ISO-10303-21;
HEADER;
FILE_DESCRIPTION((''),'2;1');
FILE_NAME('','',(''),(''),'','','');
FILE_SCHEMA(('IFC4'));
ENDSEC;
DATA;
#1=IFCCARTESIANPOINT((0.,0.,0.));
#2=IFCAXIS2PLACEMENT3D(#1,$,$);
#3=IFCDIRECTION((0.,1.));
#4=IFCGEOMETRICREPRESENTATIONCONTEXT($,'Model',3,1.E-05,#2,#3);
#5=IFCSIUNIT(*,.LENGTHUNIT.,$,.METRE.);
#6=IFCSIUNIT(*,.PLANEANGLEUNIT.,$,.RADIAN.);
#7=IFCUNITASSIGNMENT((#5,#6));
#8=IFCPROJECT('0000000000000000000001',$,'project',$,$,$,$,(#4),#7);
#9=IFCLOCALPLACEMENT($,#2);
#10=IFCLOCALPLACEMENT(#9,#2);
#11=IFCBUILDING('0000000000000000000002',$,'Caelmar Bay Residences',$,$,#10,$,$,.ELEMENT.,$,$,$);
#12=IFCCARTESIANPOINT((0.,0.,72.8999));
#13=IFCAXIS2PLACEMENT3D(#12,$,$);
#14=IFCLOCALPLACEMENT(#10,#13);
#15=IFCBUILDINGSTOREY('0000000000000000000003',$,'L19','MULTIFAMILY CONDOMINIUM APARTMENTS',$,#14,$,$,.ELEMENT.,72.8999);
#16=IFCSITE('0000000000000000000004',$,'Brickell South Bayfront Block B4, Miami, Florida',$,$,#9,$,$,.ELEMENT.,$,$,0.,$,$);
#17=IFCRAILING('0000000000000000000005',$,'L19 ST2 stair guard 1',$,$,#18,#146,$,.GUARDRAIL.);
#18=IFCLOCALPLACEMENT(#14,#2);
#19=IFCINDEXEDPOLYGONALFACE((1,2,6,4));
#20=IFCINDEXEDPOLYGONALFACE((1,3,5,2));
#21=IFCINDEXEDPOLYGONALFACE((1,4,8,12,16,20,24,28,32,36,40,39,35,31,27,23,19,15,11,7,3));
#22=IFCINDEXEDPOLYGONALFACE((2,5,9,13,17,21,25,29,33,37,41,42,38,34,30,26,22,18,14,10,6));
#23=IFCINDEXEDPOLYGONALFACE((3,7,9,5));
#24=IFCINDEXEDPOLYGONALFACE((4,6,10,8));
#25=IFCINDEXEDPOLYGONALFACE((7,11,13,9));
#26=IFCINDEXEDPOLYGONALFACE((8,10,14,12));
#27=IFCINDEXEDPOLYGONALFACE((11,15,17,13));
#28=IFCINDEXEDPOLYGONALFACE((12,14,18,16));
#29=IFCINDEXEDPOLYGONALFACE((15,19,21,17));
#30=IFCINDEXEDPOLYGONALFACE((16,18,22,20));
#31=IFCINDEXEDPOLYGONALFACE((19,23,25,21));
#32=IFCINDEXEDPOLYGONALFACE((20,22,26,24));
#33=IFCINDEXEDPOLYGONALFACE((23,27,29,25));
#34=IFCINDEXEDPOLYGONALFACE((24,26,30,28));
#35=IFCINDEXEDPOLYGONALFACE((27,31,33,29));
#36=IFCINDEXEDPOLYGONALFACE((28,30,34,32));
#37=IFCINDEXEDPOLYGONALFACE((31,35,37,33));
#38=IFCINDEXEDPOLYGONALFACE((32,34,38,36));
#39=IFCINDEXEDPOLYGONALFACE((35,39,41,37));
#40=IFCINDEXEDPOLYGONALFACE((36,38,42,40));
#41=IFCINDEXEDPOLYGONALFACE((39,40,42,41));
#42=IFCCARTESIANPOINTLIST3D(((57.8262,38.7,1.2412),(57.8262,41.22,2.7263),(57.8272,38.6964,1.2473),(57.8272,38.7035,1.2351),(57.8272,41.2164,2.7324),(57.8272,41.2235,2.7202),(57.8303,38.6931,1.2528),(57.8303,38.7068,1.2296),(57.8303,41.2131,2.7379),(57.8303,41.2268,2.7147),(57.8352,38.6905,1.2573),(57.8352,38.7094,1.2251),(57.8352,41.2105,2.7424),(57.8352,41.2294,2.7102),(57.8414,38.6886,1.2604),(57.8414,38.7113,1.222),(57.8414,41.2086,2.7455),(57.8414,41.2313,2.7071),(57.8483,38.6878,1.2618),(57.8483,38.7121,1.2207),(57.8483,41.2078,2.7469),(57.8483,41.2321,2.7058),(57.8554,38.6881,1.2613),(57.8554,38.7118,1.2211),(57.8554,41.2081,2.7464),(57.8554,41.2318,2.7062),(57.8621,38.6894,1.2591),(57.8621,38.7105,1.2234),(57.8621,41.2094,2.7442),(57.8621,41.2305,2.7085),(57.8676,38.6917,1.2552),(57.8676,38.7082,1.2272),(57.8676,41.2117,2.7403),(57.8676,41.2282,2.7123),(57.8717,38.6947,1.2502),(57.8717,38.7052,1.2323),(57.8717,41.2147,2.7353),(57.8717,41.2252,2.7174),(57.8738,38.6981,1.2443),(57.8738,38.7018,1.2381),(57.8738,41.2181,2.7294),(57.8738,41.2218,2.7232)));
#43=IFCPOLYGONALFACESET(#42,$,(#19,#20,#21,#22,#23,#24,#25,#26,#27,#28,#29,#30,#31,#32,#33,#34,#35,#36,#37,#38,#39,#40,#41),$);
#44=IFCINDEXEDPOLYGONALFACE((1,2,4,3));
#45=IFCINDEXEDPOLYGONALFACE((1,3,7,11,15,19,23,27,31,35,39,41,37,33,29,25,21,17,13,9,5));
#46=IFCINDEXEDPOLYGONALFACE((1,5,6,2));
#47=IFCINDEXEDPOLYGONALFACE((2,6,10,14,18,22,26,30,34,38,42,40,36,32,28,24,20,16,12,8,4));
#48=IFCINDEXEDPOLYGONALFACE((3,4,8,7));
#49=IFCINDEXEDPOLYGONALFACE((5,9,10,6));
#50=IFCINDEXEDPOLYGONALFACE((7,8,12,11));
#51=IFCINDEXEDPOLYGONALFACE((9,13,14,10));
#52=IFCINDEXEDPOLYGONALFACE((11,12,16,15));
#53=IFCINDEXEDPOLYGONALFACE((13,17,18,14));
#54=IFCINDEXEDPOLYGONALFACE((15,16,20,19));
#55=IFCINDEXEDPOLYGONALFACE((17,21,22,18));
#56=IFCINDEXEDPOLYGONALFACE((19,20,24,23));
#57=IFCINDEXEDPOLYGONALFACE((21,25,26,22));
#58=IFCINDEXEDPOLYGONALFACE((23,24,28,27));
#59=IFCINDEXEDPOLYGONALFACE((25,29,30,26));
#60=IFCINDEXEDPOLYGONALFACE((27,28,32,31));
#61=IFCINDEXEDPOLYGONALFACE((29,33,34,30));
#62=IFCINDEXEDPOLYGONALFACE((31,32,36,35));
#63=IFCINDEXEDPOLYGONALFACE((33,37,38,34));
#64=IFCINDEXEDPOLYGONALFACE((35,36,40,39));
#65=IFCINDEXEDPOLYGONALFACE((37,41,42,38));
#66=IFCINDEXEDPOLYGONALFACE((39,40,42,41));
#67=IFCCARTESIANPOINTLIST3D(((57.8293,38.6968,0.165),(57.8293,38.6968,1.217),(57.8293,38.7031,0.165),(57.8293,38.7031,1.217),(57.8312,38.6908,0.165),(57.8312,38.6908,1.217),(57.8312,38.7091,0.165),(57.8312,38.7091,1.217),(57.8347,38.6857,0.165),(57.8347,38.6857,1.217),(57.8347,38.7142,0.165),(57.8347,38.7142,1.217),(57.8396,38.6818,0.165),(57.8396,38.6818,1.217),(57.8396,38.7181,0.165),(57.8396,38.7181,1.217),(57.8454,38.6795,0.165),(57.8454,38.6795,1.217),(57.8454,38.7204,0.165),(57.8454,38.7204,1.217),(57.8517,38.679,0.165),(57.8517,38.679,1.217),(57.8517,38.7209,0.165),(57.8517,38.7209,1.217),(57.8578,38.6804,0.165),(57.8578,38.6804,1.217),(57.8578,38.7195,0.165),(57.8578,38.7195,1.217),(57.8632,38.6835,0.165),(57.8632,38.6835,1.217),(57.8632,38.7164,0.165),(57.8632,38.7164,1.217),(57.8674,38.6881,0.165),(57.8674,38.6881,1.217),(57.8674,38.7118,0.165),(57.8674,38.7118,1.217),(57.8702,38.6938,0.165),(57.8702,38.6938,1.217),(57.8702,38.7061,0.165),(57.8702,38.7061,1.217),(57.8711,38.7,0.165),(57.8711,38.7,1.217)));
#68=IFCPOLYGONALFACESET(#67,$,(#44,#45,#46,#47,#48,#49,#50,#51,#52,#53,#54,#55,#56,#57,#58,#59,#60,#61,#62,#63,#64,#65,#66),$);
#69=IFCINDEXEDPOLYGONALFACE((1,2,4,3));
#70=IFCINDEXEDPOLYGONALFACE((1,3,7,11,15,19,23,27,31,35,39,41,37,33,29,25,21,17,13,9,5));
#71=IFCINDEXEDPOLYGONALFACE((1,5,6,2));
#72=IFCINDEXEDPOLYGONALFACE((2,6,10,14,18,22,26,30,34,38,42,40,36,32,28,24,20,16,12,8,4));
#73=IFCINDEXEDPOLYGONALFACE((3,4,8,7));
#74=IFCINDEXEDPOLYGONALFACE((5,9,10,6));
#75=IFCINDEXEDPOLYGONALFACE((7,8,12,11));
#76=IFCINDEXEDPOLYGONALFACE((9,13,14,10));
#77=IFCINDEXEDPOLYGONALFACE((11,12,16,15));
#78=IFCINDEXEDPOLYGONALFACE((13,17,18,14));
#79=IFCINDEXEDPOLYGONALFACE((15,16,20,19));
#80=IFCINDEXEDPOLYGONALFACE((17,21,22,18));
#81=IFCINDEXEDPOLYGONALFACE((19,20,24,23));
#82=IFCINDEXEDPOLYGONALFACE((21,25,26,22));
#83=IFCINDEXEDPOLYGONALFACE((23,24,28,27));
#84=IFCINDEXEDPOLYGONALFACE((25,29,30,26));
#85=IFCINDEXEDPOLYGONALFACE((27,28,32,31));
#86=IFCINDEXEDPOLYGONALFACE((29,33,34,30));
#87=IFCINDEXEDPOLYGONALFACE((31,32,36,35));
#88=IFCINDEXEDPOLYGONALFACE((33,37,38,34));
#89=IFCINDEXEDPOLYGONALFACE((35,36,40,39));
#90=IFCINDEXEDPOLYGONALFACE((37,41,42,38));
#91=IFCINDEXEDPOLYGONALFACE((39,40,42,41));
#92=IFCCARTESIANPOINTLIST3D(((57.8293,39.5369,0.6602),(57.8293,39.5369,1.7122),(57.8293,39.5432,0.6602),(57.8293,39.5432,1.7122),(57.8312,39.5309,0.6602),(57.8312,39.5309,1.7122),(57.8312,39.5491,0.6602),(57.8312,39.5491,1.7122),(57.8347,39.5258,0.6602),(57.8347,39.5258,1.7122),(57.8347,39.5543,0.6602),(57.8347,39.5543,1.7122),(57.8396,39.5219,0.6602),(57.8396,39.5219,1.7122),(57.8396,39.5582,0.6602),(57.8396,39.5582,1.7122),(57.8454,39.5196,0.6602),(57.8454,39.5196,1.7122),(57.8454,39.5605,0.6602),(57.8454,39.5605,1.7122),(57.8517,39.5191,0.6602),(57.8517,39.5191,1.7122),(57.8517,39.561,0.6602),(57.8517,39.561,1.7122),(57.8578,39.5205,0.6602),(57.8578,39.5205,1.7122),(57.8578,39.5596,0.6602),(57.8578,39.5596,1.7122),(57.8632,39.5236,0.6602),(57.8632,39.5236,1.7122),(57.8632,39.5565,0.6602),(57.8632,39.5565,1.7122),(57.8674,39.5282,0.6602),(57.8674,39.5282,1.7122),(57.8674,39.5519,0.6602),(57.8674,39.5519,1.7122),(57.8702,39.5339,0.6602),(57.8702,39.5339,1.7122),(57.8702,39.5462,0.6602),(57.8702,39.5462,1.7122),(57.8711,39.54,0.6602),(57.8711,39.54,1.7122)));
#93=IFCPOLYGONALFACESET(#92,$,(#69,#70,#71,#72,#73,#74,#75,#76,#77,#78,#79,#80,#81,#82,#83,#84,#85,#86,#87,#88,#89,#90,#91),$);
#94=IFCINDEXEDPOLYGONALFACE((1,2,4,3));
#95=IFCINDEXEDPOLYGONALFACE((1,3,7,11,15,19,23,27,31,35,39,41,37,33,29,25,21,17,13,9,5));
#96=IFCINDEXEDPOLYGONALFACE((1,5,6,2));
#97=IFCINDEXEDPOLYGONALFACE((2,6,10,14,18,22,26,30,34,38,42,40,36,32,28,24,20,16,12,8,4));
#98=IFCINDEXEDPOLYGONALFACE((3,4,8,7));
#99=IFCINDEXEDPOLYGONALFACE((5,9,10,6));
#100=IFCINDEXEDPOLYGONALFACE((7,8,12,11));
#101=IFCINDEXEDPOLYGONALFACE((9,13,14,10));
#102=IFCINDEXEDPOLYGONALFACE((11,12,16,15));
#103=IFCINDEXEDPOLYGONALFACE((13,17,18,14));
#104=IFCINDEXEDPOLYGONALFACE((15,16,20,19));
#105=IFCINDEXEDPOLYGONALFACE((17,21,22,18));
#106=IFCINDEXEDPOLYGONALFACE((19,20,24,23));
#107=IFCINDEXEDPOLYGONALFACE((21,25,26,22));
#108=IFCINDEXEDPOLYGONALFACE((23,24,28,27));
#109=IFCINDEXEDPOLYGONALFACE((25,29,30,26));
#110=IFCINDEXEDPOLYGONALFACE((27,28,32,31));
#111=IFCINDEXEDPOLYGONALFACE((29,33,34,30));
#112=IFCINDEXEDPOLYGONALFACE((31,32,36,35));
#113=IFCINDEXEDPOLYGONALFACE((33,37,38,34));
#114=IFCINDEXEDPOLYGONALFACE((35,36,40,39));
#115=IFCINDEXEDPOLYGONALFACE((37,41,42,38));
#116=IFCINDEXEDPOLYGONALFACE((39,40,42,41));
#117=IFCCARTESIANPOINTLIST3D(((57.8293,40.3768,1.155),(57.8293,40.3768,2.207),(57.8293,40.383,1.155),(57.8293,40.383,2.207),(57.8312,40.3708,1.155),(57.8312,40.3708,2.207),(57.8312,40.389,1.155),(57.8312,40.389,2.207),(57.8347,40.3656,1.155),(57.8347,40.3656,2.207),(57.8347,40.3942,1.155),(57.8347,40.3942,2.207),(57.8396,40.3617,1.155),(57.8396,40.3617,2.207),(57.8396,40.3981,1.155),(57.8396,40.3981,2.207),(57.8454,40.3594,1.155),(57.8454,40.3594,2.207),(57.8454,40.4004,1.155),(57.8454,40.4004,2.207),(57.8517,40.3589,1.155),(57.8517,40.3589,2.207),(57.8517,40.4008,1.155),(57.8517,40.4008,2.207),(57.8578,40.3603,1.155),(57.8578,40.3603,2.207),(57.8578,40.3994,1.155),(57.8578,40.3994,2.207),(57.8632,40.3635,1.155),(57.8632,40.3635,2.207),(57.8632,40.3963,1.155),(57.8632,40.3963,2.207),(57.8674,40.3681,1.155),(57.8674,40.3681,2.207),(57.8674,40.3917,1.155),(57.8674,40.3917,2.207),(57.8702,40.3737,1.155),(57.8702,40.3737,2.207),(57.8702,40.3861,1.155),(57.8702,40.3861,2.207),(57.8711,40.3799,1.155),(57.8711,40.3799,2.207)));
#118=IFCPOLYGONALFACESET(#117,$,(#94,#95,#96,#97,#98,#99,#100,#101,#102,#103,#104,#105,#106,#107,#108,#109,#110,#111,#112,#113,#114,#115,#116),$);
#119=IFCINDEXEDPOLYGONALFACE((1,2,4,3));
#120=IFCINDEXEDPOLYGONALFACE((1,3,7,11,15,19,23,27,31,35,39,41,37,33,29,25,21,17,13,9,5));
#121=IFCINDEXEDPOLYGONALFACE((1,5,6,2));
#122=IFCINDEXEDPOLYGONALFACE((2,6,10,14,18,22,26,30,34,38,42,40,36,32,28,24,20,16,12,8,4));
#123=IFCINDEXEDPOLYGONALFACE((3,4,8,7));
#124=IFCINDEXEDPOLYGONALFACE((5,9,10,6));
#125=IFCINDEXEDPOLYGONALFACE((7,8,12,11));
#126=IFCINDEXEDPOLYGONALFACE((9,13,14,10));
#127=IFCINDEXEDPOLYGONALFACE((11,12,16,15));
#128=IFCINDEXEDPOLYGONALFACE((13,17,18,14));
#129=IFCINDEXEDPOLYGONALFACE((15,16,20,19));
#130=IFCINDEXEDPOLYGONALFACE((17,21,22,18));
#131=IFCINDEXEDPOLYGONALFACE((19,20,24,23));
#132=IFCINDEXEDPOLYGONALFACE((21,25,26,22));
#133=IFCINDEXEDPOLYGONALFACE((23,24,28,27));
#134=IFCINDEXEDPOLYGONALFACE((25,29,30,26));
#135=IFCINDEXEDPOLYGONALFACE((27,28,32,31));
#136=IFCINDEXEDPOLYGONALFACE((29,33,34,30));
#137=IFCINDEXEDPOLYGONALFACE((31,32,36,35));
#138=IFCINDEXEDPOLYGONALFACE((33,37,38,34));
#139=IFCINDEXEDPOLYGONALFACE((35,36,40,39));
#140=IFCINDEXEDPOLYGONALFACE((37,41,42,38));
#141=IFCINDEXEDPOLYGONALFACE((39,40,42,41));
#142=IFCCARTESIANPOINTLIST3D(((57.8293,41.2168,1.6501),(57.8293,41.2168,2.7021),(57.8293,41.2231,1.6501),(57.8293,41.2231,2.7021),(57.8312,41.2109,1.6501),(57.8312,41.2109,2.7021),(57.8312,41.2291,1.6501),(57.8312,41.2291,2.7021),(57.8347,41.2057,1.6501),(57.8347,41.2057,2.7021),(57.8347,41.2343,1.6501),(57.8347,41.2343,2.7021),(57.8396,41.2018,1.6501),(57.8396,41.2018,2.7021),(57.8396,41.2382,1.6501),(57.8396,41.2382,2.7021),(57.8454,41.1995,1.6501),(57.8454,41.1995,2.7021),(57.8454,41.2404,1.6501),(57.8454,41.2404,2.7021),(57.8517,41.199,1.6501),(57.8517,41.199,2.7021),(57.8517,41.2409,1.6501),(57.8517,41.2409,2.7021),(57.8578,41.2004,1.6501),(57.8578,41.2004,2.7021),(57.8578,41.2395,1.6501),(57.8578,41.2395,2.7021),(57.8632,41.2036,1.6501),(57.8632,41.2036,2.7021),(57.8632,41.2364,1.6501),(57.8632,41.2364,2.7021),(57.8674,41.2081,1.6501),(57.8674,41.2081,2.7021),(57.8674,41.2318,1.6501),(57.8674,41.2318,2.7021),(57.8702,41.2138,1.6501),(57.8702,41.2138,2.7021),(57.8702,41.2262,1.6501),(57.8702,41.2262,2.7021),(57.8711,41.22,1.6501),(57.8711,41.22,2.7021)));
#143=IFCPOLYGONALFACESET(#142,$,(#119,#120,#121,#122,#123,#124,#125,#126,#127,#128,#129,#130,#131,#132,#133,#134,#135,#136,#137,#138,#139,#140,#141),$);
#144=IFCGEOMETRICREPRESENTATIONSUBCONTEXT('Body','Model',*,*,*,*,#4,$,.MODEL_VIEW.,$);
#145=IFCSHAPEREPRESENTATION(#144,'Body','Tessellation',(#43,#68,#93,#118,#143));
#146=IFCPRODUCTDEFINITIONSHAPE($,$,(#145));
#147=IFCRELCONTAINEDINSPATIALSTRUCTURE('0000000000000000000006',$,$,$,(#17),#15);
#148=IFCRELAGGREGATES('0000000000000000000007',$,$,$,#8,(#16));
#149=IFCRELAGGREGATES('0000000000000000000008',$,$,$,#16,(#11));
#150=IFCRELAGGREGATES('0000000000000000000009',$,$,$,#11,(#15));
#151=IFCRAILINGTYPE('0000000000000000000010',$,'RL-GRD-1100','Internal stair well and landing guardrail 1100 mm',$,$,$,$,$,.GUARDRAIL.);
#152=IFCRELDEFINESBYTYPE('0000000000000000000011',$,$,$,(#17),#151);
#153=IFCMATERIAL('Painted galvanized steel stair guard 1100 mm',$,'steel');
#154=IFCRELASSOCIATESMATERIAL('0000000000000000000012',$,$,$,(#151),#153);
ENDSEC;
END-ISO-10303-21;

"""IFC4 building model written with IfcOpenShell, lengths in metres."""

from ifc_helpers import new_model, si_unit, direction, frame, origin, origin_2d, place, context, subcontext, project, spatial, circle, extrude, material, type_object, element, save


model = new_model("IFC4")

# Units and contexts
model_context = context("Model", 3, precision=1e-05, world=origin(), true_north=direction((0.0, 1.0)))
body_context = subcontext(model_context, "Body", "Model", "MODEL_VIEW")
ifc_project = project(units=[si_unit("LENGTHUNIT", "METRE"), si_unit("PLANEANGLEUNIT", "RADIAN")], contexts=[model_context])

# Site, building, storey
site_placement = place(None, origin())
site = spatial("IfcSite", under=ifc_project, at=site_placement, Name="Brickell South Bayfront Block B4, Miami, Florida", CompositionType="ELEMENT", RefElevation=0.0)
building_placement = place(site_placement, origin())
building = spatial("IfcBuilding", under=site, at=building_placement, Name="Caelmar Bay Residences", CompositionType="ELEMENT")
storey_placement = place(building_placement, frame((0.0, 0.0, 72.8999)))
storey = spatial("IfcBuildingStorey", under=building, at=storey_placement, Name="L19", Description="MULTIFAMILY CONDOMINIUM APARTMENTS", CompositionType="ELEMENT", Elevation=72.8999)

# Railing
ifc_material_1 = material(Name="Painted galvanized steel stair guard 1100 mm", Category="steel")
railing_type_1 = type_object("IfcRailingType", Name="RL-GRD-1100", Description="Internal stair well and landing guardrail 1100 mm", PredefinedType="GUARDRAIL", material=ifc_material_1)
railing_1_placement = place(storey_placement, frame((57.8501, 38.7, 0.165)))
element("IfcRailing", 1, at=railing_1_placement, inside=storey, type_object=railing_type_1, Name="L19 ST2 stair guard 1", PredefinedType="GUARDRAIL", context=body_context, shape_type="SweptSolid", body=[
    extrude(circle(Radius=0.0239, at=origin_2d()), frame((0.0, 0.0, 1.0762), z_axis=(0.0, 0.861524, 0.507717), x_axis=(-1.0, 0.0, 0.0)), (0.0, 0.0, 1.0), 2.925),
    extrude(circle(Radius=0.021, at=origin_2d()), origin(), (0.0, 0.0, 1.0), 1.052),
    extrude(circle(Radius=0.021, at=origin_2d()), frame((0.0, 0.8401, 0.4951)), (0.0, 0.0, 1.0), 1.052),
    extrude(circle(Radius=0.021, at=origin_2d()), frame((0.0, 1.6799, 0.99)), (0.0, 0.0, 1.0), 1.052),
    extrude(circle(Radius=0.021, at=origin_2d()), frame((0.0, 2.52, 1.4851)), (0.0, 0.0, 1.0), 1.052),
])

save(model, "model.ifc")
